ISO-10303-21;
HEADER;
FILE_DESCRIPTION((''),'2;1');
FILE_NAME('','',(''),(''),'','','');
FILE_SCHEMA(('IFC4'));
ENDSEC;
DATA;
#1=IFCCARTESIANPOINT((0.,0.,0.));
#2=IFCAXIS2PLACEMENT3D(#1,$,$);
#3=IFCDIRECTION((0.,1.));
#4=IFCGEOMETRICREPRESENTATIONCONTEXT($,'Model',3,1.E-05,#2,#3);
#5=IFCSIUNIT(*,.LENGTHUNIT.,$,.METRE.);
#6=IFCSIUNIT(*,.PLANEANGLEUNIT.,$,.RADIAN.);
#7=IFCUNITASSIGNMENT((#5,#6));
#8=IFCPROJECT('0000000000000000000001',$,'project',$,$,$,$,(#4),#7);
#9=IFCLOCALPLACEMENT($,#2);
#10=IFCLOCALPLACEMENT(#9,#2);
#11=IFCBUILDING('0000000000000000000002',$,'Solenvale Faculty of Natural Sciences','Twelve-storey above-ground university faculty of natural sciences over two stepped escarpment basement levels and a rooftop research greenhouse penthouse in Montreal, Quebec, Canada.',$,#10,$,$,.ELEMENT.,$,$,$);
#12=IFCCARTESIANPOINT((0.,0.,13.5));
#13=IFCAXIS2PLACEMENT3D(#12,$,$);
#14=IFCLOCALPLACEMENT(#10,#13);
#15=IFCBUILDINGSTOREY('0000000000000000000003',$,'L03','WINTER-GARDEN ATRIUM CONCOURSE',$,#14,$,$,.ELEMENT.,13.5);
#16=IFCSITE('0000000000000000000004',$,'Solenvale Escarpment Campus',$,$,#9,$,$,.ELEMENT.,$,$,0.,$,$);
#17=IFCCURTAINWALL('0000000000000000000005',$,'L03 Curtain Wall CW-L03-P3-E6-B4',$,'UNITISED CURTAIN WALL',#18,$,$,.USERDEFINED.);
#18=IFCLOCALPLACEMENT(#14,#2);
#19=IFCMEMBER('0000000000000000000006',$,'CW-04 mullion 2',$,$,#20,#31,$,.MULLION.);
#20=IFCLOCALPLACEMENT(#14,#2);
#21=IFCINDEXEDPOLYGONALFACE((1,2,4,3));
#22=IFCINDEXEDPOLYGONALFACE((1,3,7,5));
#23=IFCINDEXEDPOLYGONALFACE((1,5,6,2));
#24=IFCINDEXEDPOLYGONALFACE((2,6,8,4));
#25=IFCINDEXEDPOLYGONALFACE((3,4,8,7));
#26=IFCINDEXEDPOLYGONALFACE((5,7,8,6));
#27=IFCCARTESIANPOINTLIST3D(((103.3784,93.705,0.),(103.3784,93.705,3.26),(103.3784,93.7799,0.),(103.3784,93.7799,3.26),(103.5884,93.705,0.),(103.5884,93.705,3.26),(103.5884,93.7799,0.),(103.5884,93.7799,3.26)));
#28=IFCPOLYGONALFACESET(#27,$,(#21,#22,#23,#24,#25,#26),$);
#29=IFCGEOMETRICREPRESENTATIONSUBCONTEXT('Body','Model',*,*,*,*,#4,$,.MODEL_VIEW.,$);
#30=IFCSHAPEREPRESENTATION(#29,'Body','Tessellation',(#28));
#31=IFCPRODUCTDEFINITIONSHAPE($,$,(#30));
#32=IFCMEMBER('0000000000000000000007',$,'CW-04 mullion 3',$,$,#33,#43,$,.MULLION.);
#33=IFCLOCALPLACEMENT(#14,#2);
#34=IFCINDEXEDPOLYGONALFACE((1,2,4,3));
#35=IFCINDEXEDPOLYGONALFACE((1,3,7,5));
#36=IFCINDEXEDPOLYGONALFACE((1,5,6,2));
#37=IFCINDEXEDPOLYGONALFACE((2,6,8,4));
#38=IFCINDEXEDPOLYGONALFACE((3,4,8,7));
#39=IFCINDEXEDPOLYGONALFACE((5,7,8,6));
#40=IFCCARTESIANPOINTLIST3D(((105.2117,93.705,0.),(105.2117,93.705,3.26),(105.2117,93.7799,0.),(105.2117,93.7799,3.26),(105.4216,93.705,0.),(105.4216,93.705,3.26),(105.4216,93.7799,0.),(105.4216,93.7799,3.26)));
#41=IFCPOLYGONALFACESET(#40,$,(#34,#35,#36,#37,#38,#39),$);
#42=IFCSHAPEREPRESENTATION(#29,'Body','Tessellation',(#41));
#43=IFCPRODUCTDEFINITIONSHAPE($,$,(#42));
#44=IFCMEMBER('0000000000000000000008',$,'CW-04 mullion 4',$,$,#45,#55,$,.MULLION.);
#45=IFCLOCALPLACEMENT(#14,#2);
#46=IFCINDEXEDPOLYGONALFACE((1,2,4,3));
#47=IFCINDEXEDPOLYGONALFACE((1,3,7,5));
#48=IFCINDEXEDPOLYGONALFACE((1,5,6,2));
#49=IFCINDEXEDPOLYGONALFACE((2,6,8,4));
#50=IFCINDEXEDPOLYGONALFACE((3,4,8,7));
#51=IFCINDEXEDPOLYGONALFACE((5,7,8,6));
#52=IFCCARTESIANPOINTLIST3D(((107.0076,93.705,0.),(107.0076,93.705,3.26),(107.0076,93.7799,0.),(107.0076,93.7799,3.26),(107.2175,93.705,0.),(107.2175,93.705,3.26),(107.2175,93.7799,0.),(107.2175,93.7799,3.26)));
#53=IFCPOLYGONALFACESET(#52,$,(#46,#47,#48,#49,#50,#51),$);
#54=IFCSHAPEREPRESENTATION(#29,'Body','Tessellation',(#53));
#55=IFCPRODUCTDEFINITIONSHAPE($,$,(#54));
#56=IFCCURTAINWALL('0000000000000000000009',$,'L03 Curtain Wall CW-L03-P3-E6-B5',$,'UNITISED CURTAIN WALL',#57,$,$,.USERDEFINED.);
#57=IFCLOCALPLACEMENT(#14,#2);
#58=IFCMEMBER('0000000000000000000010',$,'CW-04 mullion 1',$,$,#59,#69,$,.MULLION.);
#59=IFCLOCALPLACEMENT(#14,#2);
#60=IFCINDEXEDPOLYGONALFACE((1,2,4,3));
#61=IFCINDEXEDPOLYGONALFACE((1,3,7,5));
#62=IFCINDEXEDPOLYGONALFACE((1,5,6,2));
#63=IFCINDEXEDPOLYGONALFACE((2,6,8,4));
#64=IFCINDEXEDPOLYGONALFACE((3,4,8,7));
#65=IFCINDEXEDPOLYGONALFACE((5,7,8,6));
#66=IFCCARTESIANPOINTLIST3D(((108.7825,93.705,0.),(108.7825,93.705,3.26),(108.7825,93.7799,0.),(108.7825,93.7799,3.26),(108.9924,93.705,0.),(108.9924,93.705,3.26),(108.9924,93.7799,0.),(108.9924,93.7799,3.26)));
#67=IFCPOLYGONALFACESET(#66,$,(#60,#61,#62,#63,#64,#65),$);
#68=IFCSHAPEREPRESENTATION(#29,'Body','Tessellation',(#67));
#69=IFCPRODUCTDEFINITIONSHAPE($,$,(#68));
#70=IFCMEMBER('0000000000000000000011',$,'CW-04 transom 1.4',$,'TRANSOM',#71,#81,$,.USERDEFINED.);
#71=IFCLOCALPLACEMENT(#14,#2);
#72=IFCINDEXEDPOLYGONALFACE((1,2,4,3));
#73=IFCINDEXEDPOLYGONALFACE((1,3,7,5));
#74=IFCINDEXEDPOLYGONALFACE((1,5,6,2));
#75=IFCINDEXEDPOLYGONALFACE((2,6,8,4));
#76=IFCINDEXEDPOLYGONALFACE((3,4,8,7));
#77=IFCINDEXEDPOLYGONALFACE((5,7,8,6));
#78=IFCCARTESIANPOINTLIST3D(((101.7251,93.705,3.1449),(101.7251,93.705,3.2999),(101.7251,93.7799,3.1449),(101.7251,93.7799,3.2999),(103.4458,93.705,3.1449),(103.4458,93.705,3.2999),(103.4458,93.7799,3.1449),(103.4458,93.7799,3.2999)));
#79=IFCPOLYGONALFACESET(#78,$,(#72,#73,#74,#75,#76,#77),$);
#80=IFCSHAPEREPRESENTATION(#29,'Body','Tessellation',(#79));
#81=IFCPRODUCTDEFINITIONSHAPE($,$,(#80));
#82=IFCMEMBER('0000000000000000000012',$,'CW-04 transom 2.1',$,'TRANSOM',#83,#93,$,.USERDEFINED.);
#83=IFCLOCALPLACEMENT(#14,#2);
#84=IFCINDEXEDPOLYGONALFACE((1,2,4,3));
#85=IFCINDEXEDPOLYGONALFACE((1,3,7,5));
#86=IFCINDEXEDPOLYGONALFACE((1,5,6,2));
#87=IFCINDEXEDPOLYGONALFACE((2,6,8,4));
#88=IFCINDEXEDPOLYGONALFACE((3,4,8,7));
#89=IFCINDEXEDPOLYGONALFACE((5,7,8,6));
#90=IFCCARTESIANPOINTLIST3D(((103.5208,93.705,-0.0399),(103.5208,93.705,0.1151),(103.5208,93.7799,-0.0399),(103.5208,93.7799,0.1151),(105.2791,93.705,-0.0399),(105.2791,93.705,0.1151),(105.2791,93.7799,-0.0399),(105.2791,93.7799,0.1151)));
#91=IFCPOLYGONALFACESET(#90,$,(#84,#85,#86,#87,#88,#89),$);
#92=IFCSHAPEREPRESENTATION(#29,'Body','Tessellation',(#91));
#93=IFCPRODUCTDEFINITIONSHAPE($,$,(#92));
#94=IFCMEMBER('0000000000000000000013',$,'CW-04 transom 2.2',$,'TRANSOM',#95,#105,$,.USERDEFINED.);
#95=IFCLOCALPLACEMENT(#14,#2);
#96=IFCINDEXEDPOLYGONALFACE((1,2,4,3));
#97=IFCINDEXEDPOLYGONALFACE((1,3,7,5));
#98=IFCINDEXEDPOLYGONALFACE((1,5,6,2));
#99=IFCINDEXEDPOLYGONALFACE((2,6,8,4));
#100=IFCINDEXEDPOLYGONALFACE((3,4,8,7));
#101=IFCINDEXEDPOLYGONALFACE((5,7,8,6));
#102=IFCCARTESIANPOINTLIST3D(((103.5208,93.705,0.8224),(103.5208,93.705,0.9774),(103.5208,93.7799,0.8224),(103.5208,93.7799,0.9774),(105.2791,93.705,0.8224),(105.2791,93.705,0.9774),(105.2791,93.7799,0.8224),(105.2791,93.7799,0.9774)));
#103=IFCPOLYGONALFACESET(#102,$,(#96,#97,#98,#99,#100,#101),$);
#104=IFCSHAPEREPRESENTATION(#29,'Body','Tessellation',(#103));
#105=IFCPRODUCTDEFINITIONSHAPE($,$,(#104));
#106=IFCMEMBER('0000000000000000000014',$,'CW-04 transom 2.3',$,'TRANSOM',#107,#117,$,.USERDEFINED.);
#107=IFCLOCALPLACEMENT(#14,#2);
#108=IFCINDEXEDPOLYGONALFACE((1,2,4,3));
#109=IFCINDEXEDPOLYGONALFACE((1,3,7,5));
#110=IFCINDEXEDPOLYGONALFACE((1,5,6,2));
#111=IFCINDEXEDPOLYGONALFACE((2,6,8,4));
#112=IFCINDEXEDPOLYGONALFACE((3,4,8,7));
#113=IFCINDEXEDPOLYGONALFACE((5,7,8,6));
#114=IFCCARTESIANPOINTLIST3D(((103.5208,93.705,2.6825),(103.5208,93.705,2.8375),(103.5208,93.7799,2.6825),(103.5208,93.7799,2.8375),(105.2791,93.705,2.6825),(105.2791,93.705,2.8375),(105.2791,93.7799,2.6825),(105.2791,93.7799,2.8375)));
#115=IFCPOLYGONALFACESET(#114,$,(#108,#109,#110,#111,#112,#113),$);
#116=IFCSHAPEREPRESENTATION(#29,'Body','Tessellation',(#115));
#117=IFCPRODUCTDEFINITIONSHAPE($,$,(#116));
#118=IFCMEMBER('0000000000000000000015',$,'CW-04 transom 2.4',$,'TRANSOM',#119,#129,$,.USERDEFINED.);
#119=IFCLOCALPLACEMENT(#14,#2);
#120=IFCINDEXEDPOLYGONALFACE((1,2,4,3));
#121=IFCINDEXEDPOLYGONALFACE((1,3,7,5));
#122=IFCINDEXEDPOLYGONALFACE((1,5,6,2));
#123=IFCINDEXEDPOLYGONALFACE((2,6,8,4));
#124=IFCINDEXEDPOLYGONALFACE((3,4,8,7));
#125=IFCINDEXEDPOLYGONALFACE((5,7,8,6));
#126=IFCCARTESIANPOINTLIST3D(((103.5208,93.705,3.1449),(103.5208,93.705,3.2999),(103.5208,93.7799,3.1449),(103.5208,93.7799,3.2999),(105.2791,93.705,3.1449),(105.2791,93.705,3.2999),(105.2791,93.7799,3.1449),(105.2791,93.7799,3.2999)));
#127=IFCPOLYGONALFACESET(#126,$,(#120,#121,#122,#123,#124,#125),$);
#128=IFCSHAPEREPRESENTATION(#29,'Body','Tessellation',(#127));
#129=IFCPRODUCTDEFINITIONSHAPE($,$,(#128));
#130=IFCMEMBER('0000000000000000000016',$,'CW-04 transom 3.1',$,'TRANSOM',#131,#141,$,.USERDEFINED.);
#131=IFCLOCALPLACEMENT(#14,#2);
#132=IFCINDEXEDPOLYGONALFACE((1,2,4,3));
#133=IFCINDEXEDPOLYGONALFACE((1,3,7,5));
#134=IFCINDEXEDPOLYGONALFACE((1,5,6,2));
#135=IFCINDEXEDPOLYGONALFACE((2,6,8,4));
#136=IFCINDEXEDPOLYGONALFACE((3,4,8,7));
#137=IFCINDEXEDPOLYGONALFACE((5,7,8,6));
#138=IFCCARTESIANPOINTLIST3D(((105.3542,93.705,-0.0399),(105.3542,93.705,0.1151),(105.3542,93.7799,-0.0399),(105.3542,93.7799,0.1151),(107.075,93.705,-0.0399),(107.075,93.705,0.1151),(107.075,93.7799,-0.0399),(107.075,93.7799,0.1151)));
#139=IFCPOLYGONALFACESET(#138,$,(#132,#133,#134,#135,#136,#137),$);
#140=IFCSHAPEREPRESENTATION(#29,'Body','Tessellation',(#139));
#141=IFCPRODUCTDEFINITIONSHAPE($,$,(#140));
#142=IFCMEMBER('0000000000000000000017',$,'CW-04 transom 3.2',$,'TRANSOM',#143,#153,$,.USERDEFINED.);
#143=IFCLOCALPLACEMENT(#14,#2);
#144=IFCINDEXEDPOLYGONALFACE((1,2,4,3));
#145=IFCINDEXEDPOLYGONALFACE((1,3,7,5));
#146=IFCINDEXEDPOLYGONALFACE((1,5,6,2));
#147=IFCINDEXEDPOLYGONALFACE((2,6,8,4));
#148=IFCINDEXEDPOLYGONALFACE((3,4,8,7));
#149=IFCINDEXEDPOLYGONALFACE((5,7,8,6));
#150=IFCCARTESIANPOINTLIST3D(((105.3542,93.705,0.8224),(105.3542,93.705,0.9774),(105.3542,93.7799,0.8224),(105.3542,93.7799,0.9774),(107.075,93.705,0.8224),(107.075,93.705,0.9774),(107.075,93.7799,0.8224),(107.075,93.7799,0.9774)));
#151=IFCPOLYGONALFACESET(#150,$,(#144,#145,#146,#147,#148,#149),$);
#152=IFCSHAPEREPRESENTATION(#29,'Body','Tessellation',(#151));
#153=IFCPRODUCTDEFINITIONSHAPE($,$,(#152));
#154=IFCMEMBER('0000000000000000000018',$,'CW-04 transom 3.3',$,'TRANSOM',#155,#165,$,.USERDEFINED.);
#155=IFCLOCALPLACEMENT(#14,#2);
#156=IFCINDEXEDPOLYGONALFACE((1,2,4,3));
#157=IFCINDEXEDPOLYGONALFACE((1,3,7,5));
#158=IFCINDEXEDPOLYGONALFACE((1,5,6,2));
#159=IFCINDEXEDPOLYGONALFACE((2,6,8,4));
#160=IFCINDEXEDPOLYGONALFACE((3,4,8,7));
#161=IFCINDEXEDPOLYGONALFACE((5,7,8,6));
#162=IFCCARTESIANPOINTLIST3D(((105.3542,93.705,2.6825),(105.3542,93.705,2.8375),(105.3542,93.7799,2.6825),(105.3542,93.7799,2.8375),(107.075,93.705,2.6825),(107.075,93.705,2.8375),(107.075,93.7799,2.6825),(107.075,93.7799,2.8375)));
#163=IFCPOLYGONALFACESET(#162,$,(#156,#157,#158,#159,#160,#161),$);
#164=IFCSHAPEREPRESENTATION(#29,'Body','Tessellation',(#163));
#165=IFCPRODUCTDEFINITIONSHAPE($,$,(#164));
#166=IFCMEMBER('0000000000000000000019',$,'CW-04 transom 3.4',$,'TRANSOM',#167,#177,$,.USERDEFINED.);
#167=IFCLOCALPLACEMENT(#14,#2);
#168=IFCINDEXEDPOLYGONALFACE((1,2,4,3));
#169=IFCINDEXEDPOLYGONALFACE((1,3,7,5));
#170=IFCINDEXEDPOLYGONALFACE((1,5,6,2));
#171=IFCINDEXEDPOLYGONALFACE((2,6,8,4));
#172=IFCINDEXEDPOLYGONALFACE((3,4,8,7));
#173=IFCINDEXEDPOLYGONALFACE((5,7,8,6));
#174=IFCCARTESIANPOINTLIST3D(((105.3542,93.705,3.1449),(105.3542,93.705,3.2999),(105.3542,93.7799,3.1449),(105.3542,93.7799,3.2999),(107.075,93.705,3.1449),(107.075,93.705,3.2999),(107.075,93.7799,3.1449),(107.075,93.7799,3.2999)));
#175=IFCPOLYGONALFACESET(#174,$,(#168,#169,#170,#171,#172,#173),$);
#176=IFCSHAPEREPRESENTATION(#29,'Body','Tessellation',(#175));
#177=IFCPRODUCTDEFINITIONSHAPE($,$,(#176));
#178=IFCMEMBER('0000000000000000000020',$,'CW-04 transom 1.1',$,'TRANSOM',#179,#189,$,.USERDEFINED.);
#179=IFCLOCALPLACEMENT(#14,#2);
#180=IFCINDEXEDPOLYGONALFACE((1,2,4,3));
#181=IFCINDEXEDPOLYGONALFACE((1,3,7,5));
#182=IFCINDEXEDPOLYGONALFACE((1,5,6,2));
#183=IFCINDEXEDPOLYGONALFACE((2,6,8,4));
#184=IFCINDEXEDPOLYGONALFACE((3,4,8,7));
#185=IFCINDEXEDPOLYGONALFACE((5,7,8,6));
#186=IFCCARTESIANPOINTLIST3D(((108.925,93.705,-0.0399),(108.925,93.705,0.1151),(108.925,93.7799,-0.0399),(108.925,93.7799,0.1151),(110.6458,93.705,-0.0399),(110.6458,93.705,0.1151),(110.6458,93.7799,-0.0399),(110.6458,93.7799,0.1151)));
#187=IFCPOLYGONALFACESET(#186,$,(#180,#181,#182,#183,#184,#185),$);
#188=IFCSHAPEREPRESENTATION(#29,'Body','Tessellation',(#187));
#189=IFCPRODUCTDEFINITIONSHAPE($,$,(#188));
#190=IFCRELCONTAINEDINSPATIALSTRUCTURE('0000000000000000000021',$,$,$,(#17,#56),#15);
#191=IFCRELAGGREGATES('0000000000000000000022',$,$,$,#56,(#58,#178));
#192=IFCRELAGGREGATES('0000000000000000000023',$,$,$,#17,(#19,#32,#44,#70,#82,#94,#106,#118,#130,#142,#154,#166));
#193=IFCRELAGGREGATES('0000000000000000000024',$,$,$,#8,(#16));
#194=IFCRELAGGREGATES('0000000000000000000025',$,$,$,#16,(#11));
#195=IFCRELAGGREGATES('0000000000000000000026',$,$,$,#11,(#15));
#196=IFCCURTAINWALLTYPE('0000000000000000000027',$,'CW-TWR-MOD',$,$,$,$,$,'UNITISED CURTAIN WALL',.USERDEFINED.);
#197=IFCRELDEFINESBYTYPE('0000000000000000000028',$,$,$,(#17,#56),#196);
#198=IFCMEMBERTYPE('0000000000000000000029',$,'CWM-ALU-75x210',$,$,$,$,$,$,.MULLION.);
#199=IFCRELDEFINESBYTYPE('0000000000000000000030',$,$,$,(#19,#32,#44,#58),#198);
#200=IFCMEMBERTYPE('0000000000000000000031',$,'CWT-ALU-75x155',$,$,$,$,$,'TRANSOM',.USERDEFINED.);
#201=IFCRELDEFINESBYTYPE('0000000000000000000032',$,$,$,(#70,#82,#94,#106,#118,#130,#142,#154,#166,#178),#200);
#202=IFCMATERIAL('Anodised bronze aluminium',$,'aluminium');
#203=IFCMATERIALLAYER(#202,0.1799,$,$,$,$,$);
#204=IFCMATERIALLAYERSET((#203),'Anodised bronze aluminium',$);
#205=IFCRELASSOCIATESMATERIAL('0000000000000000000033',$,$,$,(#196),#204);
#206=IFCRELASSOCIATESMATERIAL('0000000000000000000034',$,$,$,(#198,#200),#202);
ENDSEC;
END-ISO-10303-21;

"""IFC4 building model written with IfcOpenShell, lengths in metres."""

from ifc_helpers import new_model, si_unit, direction, frame, origin, origin_2d, place, context, subcontext, project, spatial, rectangle, extrude, material, layer, layer_set, material_profile, profile_set, type_object, element, aggregate, save


model = new_model("IFC4")

# Units and contexts
model_context = context("Model", 3, precision=1e-05, world=origin(), true_north=direction((0.0, 1.0)))
body_context = subcontext(model_context, "Body", "Model", "MODEL_VIEW")
ifc_project = project(units=[si_unit("LENGTHUNIT", "METRE"), si_unit("PLANEANGLEUNIT", "RADIAN")], contexts=[model_context])

# Site, building, storey
site_placement = place(None, origin())
site = spatial("IfcSite", under=ifc_project, at=site_placement, Name="Solenvale Escarpment Campus", CompositionType="ELEMENT", RefElevation=0.0)
building_placement = place(site_placement, origin())
building = spatial("IfcBuilding", under=site, at=building_placement, Name="Solenvale Faculty of Natural Sciences", Description="Twelve-storey above-ground university faculty of natural sciences over two stepped escarpment basement levels and a rooftop research greenhouse penthouse in Montreal, Quebec, Canada.", CompositionType="ELEMENT")
storey_placement = place(building_placement, frame((0.0, 0.0, 13.5)))
storey = spatial("IfcBuildingStorey", under=building, at=storey_placement, Name="L03", Description="WINTER-GARDEN ATRIUM CONCOURSE", CompositionType="ELEMENT", Elevation=13.5)

# Curtain wall, members
ifc_material_1 = material(Name="Anodised bronze aluminium", Category="aluminium")
ifc_layer_1 = layer(ifc_material_1, 0.1799)
ifc_layer_set_1 = layer_set([ifc_layer_1], Name="Anodised bronze aluminium")
curtain_wall_type = type_object("IfcCurtainWallType", Name="CW-TWR-MOD", ElementType="UNITISED CURTAIN WALL", PredefinedType="USERDEFINED", material=ifc_layer_set_1)
curtain_wall_1_placement = place(storey_placement, origin())
curtain_wall_1 = element("IfcCurtainWall", 1, at=curtain_wall_1_placement, inside=storey, type_object=curtain_wall_type, Name="L03 Curtain Wall CW-L03-P3-E6-B4", ObjectType="UNITISED CURTAIN WALL", PredefinedType="USERDEFINED")
ifc_material_profile_1 = material_profile(ifc_material_1, rectangle(XDim=0.075, YDim=0.21, at=origin_2d()), Name="ALU-MUL-75x210")
ifc_profile_set_1 = profile_set([ifc_material_profile_1], Name="Anodised bronze aluminium")
member_type_1 = type_object("IfcMemberType", Name="CWM-ALU-75x210", PredefinedType="MULLION", material=ifc_profile_set_1)
member_1_placement = place(storey_placement, frame((103.4834, 93.7424, 0.0), z_axis=(0.0, 0.0, 1.0), x_axis=(0.0, 1.0, 0.0)))
member_1 = element("IfcMember", 2, at=member_1_placement, type_object=member_type_1, Name="CW-04 mullion 2", PredefinedType="MULLION", context=body_context, shape_type="SweptSolid", body=[
    extrude(rectangle(XDim=0.075, YDim=0.21, at=origin_2d()), origin(), (0.0, 0.0, 1.0), 3.26),
])
member_2_placement = place(storey_placement, frame((105.3167, 93.7424, 0.0), z_axis=(0.0, 0.0, 1.0), x_axis=(0.0, 1.0, 0.0)))
member_2 = element("IfcMember", 3, at=member_2_placement, type_object=member_type_1, Name="CW-04 mullion 3", PredefinedType="MULLION", context=body_context, shape_type="SweptSolid", body=[
    extrude(rectangle(XDim=0.075, YDim=0.21, at=origin_2d()), origin(), (0.0, 0.0, 1.0), 3.26),
])
member_3_placement = place(storey_placement, frame((107.1125, 93.7424, 0.0), z_axis=(0.0, 0.0, 1.0), x_axis=(0.0, 1.0, 0.0)))
member_3 = element("IfcMember", 4, at=member_3_placement, type_object=member_type_1, Name="CW-04 mullion 4", PredefinedType="MULLION", context=body_context, shape_type="SweptSolid", body=[
    extrude(rectangle(XDim=0.075, YDim=0.21, at=origin_2d()), origin(), (0.0, 0.0, 1.0), 3.26),
])

# Curtain wall, member
curtain_wall_2_placement = place(storey_placement, origin())
curtain_wall_2 = element("IfcCurtainWall", 5, at=curtain_wall_2_placement, inside=storey, type_object=curtain_wall_type, Name="L03 Curtain Wall CW-L03-P3-E6-B5", ObjectType="UNITISED CURTAIN WALL", PredefinedType="USERDEFINED")
member_4_placement = place(storey_placement, frame((108.8875, 93.7424, 0.0), z_axis=(0.0, 0.0, 1.0), x_axis=(0.0, 1.0, 0.0)))
member_4 = element("IfcMember", 6, at=member_4_placement, type_object=member_type_1, Name="CW-04 mullion 1", PredefinedType="MULLION", context=body_context, shape_type="SweptSolid", body=[
    extrude(rectangle(XDim=0.075, YDim=0.21, at=origin_2d()), origin(), (0.0, 0.0, 1.0), 3.26),
])

# Members
ifc_material_profile_2 = material_profile(ifc_material_1, rectangle(XDim=0.075, YDim=0.155, at=origin_2d()), Name="ALU-TRN-75x155")
ifc_profile_set_2 = profile_set([ifc_material_profile_2], Name="Anodised bronze aluminium")
member_type_2 = type_object("IfcMemberType", Name="CWT-ALU-75x155", ElementType="TRANSOM", PredefinedType="USERDEFINED", material=ifc_profile_set_2)
member_5_placement = place(storey_placement, frame((101.7251, 93.7424, 3.2224), z_axis=(1.0, 0.0, 0.0), x_axis=(0.0, 1.0, 0.0)))
member_5 = element("IfcMember", 7, at=member_5_placement, type_object=member_type_2, Name="CW-04 transom 1.4", ObjectType="TRANSOM", PredefinedType="USERDEFINED", context=body_context, shape_type="SweptSolid", body=[
    extrude(rectangle(XDim=0.075, YDim=0.155, at=origin_2d()), origin(), (0.0, 0.0, 1.0), 1.7207),
])
member_6_placement = place(storey_placement, frame((103.5208, 93.7424, 0.0376), z_axis=(1.0, 0.0, 0.0), x_axis=(0.0, 1.0, 0.0)))
member_6 = element("IfcMember", 8, at=member_6_placement, type_object=member_type_2, Name="CW-04 transom 2.1", ObjectType="TRANSOM", PredefinedType="USERDEFINED", context=body_context, shape_type="SweptSolid", body=[
    extrude(rectangle(XDim=0.075, YDim=0.155, at=origin_2d()), origin(), (0.0, 0.0, 1.0), 1.7583),
])
member_7_placement = place(storey_placement, frame((103.5208, 93.7424, 0.8999), z_axis=(1.0, 0.0, 0.0), x_axis=(0.0, 1.0, 0.0)))
member_7 = element("IfcMember", 9, at=member_7_placement, type_object=member_type_2, Name="CW-04 transom 2.2", ObjectType="TRANSOM", PredefinedType="USERDEFINED", context=body_context, shape_type="SweptSolid", body=[
    extrude(rectangle(XDim=0.075, YDim=0.155, at=origin_2d()), origin(), (0.0, 0.0, 1.0), 1.7583),
])
member_8_placement = place(storey_placement, frame((103.5208, 93.7424, 2.76), z_axis=(1.0, 0.0, 0.0), x_axis=(0.0, 1.0, 0.0)))
member_8 = element("IfcMember", 10, at=member_8_placement, type_object=member_type_2, Name="CW-04 transom 2.3", ObjectType="TRANSOM", PredefinedType="USERDEFINED", context=body_context, shape_type="SweptSolid", body=[
    extrude(rectangle(XDim=0.075, YDim=0.155, at=origin_2d()), origin(), (0.0, 0.0, 1.0), 1.7583),
])
member_9_placement = place(storey_placement, frame((103.5208, 93.7424, 3.2224), z_axis=(1.0, 0.0, 0.0), x_axis=(0.0, 1.0, 0.0)))
member_9 = element("IfcMember", 11, at=member_9_placement, type_object=member_type_2, Name="CW-04 transom 2.4", ObjectType="TRANSOM", PredefinedType="USERDEFINED", context=body_context, shape_type="SweptSolid", body=[
    extrude(rectangle(XDim=0.075, YDim=0.155, at=origin_2d()), origin(), (0.0, 0.0, 1.0), 1.7583),
])
member_10_placement = place(storey_placement, frame((105.3542, 93.7424, 0.0376), z_axis=(1.0, 0.0, 0.0), x_axis=(0.0, 1.0, 0.0)))
member_10 = element("IfcMember", 12, at=member_10_placement, type_object=member_type_2, Name="CW-04 transom 3.1", ObjectType="TRANSOM", PredefinedType="USERDEFINED", context=body_context, shape_type="SweptSolid", body=[
    extrude(rectangle(XDim=0.075, YDim=0.155, at=origin_2d()), origin(), (0.0, 0.0, 1.0), 1.7207),
])
member_11_placement = place(storey_placement, frame((105.3542, 93.7424, 0.8999), z_axis=(1.0, 0.0, 0.0), x_axis=(0.0, 1.0, 0.0)))
member_11 = element("IfcMember", 13, at=member_11_placement, type_object=member_type_2, Name="CW-04 transom 3.2", ObjectType="TRANSOM", PredefinedType="USERDEFINED", context=body_context, shape_type="SweptSolid", body=[
    extrude(rectangle(XDim=0.075, YDim=0.155, at=origin_2d()), origin(), (0.0, 0.0, 1.0), 1.7207),
])
member_12_placement = place(storey_placement, frame((105.3542, 93.7424, 2.76), z_axis=(1.0, 0.0, 0.0), x_axis=(0.0, 1.0, 0.0)))
member_12 = element("IfcMember", 14, at=member_12_placement, type_object=member_type_2, Name="CW-04 transom 3.3", ObjectType="TRANSOM", PredefinedType="USERDEFINED", context=body_context, shape_type="SweptSolid", body=[
    extrude(rectangle(XDim=0.075, YDim=0.155, at=origin_2d()), origin(), (0.0, 0.0, 1.0), 1.7207),
])
member_13_placement = place(storey_placement, frame((105.3542, 93.7424, 3.2224), z_axis=(1.0, 0.0, 0.0), x_axis=(0.0, 1.0, 0.0)))
member_13 = element("IfcMember", 15, at=member_13_placement, type_object=member_type_2, Name="CW-04 transom 3.4", ObjectType="TRANSOM", PredefinedType="USERDEFINED", context=body_context, shape_type="SweptSolid", body=[
    extrude(rectangle(XDim=0.075, YDim=0.155, at=origin_2d()), origin(), (0.0, 0.0, 1.0), 1.7207),
])
member_14_placement = place(storey_placement, frame((108.925, 93.7424, 0.0376), z_axis=(1.0, 0.0, 0.0), x_axis=(0.0, 1.0, 0.0)))
member_14 = element("IfcMember", 16, at=member_14_placement, type_object=member_type_2, Name="CW-04 transom 1.1", ObjectType="TRANSOM", PredefinedType="USERDEFINED", context=body_context, shape_type="SweptSolid", body=[
    extrude(rectangle(XDim=0.075, YDim=0.155, at=origin_2d()), origin(), (0.0, 0.0, 1.0), 1.7207),
])
aggregate(curtain_wall_2, [member_4, member_14])

aggregate(curtain_wall_1, [member_1, member_2, member_3, member_5, member_6, member_7, member_8, member_9, member_10, member_11, member_12, member_13])

save(model, "model.ifc")
